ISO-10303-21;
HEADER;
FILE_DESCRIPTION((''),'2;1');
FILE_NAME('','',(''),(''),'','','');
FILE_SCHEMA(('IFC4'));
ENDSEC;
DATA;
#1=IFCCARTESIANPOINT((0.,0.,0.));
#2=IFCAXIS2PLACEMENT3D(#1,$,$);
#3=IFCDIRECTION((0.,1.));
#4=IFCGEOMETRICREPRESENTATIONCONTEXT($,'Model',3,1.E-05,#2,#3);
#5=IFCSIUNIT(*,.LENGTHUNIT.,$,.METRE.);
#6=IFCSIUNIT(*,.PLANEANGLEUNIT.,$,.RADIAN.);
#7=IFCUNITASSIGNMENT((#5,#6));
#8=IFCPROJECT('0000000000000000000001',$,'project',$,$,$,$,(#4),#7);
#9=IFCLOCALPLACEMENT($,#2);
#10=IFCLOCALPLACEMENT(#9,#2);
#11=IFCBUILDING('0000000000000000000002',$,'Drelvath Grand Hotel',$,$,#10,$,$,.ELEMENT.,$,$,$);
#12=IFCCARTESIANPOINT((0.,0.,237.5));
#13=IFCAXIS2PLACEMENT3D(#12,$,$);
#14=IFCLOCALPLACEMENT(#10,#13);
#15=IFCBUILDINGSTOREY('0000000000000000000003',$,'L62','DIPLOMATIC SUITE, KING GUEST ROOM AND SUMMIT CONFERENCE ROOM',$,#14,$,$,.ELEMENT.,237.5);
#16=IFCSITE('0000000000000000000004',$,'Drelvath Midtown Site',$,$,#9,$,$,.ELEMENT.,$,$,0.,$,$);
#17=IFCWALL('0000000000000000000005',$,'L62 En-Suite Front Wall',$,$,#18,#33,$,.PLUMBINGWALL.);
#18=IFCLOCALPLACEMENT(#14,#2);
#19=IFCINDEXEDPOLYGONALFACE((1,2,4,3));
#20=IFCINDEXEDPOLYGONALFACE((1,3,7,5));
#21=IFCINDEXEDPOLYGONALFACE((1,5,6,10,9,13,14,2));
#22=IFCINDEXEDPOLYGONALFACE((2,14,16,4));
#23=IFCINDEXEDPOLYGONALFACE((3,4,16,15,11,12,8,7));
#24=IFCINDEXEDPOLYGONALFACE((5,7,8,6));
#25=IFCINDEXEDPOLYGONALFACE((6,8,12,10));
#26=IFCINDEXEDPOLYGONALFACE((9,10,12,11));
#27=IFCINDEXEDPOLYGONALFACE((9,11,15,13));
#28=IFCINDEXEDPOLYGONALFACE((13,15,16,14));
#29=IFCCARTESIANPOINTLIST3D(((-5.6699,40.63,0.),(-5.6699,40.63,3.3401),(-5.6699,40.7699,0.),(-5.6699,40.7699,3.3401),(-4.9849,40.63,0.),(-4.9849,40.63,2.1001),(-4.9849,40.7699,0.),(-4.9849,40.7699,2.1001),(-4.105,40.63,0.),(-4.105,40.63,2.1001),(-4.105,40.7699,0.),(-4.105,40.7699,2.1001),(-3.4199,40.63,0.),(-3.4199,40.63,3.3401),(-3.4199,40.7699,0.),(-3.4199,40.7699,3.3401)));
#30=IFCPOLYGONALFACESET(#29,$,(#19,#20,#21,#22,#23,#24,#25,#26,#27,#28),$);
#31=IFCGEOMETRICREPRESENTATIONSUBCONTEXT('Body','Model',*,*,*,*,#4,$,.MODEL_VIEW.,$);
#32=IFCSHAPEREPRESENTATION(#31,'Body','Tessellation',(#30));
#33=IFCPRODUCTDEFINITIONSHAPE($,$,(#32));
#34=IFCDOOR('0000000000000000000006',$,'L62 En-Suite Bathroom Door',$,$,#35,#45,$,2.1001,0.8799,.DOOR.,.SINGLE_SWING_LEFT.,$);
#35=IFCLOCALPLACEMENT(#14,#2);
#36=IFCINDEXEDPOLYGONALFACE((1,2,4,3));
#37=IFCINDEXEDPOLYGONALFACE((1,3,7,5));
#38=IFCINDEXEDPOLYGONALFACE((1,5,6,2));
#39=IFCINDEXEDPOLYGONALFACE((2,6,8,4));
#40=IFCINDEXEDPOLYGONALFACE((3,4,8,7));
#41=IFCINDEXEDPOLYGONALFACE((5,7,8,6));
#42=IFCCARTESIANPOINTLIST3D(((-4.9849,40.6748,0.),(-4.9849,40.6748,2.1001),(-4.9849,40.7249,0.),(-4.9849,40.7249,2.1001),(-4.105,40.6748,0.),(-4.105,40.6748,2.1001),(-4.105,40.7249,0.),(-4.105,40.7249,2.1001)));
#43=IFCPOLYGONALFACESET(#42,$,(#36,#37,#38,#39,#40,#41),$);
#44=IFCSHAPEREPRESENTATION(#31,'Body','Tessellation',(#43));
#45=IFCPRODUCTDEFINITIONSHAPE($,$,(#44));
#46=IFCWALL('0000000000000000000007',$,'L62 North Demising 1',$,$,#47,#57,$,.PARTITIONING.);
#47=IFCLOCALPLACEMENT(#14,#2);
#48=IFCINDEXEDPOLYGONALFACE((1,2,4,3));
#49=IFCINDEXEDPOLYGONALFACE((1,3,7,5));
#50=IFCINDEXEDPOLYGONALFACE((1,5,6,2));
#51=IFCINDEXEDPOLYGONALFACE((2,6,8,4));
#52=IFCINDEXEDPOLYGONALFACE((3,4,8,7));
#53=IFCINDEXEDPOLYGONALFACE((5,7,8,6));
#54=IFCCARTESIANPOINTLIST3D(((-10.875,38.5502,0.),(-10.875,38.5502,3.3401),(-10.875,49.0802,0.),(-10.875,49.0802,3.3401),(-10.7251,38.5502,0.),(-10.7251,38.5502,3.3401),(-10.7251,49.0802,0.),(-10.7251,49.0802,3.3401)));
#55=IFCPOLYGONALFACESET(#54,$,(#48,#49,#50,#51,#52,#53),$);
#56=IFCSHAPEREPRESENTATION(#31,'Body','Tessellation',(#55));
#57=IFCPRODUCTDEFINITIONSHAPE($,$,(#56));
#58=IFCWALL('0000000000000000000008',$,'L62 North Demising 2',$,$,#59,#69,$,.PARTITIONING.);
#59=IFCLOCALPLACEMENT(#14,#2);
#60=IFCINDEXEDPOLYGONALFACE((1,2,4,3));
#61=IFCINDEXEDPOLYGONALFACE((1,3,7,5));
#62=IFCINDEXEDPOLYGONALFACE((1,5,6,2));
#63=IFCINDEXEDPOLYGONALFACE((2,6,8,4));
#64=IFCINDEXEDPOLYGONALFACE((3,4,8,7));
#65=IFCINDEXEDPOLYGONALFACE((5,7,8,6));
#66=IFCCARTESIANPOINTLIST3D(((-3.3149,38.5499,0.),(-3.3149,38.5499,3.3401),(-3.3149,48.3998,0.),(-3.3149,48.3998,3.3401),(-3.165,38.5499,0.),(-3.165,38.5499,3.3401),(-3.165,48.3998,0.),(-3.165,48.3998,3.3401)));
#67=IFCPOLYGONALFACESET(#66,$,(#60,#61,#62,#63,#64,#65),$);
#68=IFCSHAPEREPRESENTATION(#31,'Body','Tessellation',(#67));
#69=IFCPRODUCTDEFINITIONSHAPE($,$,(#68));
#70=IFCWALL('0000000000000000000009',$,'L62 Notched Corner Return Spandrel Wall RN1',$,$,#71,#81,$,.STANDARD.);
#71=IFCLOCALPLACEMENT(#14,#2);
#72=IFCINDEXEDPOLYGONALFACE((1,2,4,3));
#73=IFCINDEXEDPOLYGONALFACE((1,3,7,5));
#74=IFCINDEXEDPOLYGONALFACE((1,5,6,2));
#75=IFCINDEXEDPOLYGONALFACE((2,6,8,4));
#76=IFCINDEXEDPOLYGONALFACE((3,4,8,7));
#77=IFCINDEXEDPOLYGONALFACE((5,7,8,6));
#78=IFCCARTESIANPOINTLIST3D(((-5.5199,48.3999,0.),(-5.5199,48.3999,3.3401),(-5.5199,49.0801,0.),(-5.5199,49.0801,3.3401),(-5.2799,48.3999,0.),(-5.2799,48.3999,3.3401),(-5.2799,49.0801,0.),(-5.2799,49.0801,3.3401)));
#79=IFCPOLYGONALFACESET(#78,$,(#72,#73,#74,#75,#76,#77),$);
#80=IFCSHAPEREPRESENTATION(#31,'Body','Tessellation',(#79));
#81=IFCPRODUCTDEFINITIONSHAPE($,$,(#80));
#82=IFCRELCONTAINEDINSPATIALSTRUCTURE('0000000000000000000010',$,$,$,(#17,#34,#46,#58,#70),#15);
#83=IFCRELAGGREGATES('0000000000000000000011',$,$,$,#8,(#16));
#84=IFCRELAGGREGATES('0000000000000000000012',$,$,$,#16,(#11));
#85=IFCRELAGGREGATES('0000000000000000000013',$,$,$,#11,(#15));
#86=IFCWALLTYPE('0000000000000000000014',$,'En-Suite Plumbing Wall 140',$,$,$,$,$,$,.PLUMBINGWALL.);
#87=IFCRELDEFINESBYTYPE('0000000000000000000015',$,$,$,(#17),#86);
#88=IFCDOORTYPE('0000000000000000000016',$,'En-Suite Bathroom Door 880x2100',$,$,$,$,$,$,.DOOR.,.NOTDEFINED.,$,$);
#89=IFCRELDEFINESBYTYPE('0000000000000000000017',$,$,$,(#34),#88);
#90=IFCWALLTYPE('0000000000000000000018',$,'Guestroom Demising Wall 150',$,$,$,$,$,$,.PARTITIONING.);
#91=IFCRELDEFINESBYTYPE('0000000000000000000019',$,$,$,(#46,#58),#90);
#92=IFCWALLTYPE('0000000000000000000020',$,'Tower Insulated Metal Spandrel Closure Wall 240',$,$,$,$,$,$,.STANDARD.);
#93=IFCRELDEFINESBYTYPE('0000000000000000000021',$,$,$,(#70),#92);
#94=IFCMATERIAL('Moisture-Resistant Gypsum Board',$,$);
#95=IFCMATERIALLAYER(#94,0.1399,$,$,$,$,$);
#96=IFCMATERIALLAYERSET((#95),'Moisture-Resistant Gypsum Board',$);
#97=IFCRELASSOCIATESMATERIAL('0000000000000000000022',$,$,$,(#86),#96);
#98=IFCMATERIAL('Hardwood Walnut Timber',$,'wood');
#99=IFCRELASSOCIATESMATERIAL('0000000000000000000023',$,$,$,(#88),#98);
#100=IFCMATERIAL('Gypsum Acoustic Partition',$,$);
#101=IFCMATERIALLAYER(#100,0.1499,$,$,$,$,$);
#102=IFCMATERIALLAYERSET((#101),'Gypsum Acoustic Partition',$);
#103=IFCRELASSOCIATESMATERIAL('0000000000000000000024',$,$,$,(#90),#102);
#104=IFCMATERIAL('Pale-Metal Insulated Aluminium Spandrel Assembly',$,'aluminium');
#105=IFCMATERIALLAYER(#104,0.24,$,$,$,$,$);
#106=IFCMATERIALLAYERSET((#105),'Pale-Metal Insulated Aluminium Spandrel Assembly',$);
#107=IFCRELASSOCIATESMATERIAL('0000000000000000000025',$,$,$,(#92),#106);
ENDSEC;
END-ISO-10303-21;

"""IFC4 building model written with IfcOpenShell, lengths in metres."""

from ifc_helpers import new_model, si_unit, direction, frame, frame_2d, origin, place, context, subcontext, project, spatial, rectangle, extrude, material, layer, layer_set, type_object, element, fill, save


model = new_model("IFC4")

# Units and contexts
model_context = context("Model", 3, precision=1e-05, world=origin(), true_north=direction((0.0, 1.0)))
body_context = subcontext(model_context, "Body", "Model", "MODEL_VIEW")
ifc_project = project(units=[si_unit("LENGTHUNIT", "METRE"), si_unit("PLANEANGLEUNIT", "RADIAN")], contexts=[model_context])

# Site, building, storey
site_placement = place(None, origin())
site = spatial("IfcSite", under=ifc_project, at=site_placement, Name="Drelvath Midtown Site", CompositionType="ELEMENT", RefElevation=0.0)
building_placement = place(site_placement, origin())
building = spatial("IfcBuilding", under=site, at=building_placement, Name="Drelvath Grand Hotel", CompositionType="ELEMENT")
storey_placement = place(building_placement, frame((0.0, 0.0, 237.5)))
storey = spatial("IfcBuildingStorey", under=building, at=storey_placement, Name="L62", Description="DIPLOMATIC SUITE, KING GUEST ROOM AND SUMMIT CONFERENCE ROOM", CompositionType="ELEMENT", Elevation=237.5)

# Shared definitions
ifc_material_1 = material(Name="Moisture-Resistant Gypsum Board")
ifc_layer_1 = layer(ifc_material_1, 0.1399)
ifc_layer_set_1 = layer_set([ifc_layer_1], Name="Moisture-Resistant Gypsum Board")
wall_type_1 = type_object("IfcWallType", Name="En-Suite Plumbing Wall 140", PredefinedType="PLUMBINGWALL", material=ifc_layer_set_1)

# Wall, opening, door
wall_1_placement = place(storey_placement, frame((-5.6699, 40.7, 0.0), z_axis=(0.0, 0.0, 1.0), x_axis=(1.0, 0.0, 0.0)))
wall_1 = element("IfcWall", 1, at=wall_1_placement, inside=storey, type_object=wall_type_1, Name="L62 En-Suite Front Wall", PredefinedType="PLUMBINGWALL", context=body_context, shape_type="SweptSolid", body=[
    extrude(rectangle(XDim=2.25, YDim=0.1399, at=frame_2d((1.125, 0.0))), origin(), (0.0, 0.0, 1.0), 3.3401),
])
opening_placement = place(wall_1_placement, frame((0.6851, 0.0, 0.0)))
opening = element("IfcOpeningElement", 2, at=opening_placement, cuts=wall_1, PredefinedType="OPENING", context=body_context, shape_type="SweptSolid", body=[
    extrude(rectangle(XDim=0.8799, YDim=2.1001, at=frame_2d((0.4399, 1.05))), frame((0.0, 0.0798, 0.0), z_axis=(0.0, -1.0, 0.0), x_axis=(1.0, 0.0, 0.0)), (0.0, 0.0, 1.0), 0.1599),
])
ifc_material_2 = material(Name="Hardwood Walnut Timber", Category="wood")
door_type = type_object("IfcDoorType", Name="En-Suite Bathroom Door 880x2100", OperationType="NOTDEFINED", PredefinedType="DOOR", material=ifc_material_2)
door_placement = place(opening_placement, origin())
door = element("IfcDoor", 3, at=door_placement, inside=storey, type_object=door_type, Name="L62 En-Suite Bathroom Door", OperationType="SINGLE_SWING_LEFT", OverallHeight=2.1001, OverallWidth=0.8799, PredefinedType="DOOR", context=body_context, shape_type="SweptSolid", body=[
    extrude(rectangle(XDim=0.8799, YDim=2.1001, at=frame_2d((0.4399, 1.05))), frame((0.0, 0.0249, 0.0), z_axis=(0.0, -1.0, 0.0), x_axis=(1.0, 0.0, 0.0)), (0.0, 0.0, 1.0), 0.05),
])
fill(opening, door)

# Walls
ifc_material_3 = material(Name="Gypsum Acoustic Partition")
ifc_layer_2 = layer(ifc_material_3, 0.1499)
ifc_layer_set_2 = layer_set([ifc_layer_2], Name="Gypsum Acoustic Partition")
wall_type_2 = type_object("IfcWallType", Name="Guestroom Demising Wall 150", PredefinedType="PARTITIONING", material=ifc_layer_set_2)
wall_2_placement = place(storey_placement, frame((-10.8, 38.55, 0.0), z_axis=(0.0, 0.0, 1.0), x_axis=(0.0, 1.0, 0.0)))
element("IfcWall", 4, at=wall_2_placement, inside=storey, type_object=wall_type_2, Name="L62 North Demising 1", PredefinedType="PARTITIONING", context=body_context, shape_type="SweptSolid", body=[
    extrude(rectangle(XDim=10.53, YDim=0.1499, at=frame_2d((5.2651, 0.0))), origin(), (0.0, 0.0, 1.0), 3.3401),
])
wall_3_placement = place(storey_placement, frame((-3.24, 38.55, 0.0), z_axis=(0.0, 0.0, 1.0), x_axis=(0.0, 1.0, 0.0)))
element("IfcWall", 5, at=wall_3_placement, inside=storey, type_object=wall_type_2, Name="L62 North Demising 2", PredefinedType="PARTITIONING", context=body_context, shape_type="SweptSolid", body=[
    extrude(rectangle(XDim=9.8499, YDim=0.1499, at=frame_2d((4.9248, 0.0))), origin(), (0.0, 0.0, 1.0), 3.3401),
])
ifc_material_4 = material(Name="Pale-Metal Insulated Aluminium Spandrel Assembly", Category="aluminium")
ifc_layer_3 = layer(ifc_material_4, 0.24)
ifc_layer_set_3 = layer_set([ifc_layer_3], Name="Pale-Metal Insulated Aluminium Spandrel Assembly")
wall_type_3 = type_object("IfcWallType", Name="Tower Insulated Metal Spandrel Closure Wall 240", PredefinedType="STANDARD", material=ifc_layer_set_3)
wall_4_placement = place(storey_placement, frame((-5.3999, 49.0801, 0.0), z_axis=(0.0, 0.0, 1.0), x_axis=(0.0, -1.0, 0.0)))
element("IfcWall", 6, at=wall_4_placement, inside=storey, type_object=wall_type_3, Name="L62 Notched Corner Return Spandrel Wall RN1", PredefinedType="STANDARD", context=body_context, shape_type="SweptSolid", body=[
    extrude(rectangle(XDim=0.6802, YDim=0.24, at=frame_2d((0.3401, 0.0))), origin(), (0.0, 0.0, 1.0), 3.3401),
])

save(model, "model.ifc")
